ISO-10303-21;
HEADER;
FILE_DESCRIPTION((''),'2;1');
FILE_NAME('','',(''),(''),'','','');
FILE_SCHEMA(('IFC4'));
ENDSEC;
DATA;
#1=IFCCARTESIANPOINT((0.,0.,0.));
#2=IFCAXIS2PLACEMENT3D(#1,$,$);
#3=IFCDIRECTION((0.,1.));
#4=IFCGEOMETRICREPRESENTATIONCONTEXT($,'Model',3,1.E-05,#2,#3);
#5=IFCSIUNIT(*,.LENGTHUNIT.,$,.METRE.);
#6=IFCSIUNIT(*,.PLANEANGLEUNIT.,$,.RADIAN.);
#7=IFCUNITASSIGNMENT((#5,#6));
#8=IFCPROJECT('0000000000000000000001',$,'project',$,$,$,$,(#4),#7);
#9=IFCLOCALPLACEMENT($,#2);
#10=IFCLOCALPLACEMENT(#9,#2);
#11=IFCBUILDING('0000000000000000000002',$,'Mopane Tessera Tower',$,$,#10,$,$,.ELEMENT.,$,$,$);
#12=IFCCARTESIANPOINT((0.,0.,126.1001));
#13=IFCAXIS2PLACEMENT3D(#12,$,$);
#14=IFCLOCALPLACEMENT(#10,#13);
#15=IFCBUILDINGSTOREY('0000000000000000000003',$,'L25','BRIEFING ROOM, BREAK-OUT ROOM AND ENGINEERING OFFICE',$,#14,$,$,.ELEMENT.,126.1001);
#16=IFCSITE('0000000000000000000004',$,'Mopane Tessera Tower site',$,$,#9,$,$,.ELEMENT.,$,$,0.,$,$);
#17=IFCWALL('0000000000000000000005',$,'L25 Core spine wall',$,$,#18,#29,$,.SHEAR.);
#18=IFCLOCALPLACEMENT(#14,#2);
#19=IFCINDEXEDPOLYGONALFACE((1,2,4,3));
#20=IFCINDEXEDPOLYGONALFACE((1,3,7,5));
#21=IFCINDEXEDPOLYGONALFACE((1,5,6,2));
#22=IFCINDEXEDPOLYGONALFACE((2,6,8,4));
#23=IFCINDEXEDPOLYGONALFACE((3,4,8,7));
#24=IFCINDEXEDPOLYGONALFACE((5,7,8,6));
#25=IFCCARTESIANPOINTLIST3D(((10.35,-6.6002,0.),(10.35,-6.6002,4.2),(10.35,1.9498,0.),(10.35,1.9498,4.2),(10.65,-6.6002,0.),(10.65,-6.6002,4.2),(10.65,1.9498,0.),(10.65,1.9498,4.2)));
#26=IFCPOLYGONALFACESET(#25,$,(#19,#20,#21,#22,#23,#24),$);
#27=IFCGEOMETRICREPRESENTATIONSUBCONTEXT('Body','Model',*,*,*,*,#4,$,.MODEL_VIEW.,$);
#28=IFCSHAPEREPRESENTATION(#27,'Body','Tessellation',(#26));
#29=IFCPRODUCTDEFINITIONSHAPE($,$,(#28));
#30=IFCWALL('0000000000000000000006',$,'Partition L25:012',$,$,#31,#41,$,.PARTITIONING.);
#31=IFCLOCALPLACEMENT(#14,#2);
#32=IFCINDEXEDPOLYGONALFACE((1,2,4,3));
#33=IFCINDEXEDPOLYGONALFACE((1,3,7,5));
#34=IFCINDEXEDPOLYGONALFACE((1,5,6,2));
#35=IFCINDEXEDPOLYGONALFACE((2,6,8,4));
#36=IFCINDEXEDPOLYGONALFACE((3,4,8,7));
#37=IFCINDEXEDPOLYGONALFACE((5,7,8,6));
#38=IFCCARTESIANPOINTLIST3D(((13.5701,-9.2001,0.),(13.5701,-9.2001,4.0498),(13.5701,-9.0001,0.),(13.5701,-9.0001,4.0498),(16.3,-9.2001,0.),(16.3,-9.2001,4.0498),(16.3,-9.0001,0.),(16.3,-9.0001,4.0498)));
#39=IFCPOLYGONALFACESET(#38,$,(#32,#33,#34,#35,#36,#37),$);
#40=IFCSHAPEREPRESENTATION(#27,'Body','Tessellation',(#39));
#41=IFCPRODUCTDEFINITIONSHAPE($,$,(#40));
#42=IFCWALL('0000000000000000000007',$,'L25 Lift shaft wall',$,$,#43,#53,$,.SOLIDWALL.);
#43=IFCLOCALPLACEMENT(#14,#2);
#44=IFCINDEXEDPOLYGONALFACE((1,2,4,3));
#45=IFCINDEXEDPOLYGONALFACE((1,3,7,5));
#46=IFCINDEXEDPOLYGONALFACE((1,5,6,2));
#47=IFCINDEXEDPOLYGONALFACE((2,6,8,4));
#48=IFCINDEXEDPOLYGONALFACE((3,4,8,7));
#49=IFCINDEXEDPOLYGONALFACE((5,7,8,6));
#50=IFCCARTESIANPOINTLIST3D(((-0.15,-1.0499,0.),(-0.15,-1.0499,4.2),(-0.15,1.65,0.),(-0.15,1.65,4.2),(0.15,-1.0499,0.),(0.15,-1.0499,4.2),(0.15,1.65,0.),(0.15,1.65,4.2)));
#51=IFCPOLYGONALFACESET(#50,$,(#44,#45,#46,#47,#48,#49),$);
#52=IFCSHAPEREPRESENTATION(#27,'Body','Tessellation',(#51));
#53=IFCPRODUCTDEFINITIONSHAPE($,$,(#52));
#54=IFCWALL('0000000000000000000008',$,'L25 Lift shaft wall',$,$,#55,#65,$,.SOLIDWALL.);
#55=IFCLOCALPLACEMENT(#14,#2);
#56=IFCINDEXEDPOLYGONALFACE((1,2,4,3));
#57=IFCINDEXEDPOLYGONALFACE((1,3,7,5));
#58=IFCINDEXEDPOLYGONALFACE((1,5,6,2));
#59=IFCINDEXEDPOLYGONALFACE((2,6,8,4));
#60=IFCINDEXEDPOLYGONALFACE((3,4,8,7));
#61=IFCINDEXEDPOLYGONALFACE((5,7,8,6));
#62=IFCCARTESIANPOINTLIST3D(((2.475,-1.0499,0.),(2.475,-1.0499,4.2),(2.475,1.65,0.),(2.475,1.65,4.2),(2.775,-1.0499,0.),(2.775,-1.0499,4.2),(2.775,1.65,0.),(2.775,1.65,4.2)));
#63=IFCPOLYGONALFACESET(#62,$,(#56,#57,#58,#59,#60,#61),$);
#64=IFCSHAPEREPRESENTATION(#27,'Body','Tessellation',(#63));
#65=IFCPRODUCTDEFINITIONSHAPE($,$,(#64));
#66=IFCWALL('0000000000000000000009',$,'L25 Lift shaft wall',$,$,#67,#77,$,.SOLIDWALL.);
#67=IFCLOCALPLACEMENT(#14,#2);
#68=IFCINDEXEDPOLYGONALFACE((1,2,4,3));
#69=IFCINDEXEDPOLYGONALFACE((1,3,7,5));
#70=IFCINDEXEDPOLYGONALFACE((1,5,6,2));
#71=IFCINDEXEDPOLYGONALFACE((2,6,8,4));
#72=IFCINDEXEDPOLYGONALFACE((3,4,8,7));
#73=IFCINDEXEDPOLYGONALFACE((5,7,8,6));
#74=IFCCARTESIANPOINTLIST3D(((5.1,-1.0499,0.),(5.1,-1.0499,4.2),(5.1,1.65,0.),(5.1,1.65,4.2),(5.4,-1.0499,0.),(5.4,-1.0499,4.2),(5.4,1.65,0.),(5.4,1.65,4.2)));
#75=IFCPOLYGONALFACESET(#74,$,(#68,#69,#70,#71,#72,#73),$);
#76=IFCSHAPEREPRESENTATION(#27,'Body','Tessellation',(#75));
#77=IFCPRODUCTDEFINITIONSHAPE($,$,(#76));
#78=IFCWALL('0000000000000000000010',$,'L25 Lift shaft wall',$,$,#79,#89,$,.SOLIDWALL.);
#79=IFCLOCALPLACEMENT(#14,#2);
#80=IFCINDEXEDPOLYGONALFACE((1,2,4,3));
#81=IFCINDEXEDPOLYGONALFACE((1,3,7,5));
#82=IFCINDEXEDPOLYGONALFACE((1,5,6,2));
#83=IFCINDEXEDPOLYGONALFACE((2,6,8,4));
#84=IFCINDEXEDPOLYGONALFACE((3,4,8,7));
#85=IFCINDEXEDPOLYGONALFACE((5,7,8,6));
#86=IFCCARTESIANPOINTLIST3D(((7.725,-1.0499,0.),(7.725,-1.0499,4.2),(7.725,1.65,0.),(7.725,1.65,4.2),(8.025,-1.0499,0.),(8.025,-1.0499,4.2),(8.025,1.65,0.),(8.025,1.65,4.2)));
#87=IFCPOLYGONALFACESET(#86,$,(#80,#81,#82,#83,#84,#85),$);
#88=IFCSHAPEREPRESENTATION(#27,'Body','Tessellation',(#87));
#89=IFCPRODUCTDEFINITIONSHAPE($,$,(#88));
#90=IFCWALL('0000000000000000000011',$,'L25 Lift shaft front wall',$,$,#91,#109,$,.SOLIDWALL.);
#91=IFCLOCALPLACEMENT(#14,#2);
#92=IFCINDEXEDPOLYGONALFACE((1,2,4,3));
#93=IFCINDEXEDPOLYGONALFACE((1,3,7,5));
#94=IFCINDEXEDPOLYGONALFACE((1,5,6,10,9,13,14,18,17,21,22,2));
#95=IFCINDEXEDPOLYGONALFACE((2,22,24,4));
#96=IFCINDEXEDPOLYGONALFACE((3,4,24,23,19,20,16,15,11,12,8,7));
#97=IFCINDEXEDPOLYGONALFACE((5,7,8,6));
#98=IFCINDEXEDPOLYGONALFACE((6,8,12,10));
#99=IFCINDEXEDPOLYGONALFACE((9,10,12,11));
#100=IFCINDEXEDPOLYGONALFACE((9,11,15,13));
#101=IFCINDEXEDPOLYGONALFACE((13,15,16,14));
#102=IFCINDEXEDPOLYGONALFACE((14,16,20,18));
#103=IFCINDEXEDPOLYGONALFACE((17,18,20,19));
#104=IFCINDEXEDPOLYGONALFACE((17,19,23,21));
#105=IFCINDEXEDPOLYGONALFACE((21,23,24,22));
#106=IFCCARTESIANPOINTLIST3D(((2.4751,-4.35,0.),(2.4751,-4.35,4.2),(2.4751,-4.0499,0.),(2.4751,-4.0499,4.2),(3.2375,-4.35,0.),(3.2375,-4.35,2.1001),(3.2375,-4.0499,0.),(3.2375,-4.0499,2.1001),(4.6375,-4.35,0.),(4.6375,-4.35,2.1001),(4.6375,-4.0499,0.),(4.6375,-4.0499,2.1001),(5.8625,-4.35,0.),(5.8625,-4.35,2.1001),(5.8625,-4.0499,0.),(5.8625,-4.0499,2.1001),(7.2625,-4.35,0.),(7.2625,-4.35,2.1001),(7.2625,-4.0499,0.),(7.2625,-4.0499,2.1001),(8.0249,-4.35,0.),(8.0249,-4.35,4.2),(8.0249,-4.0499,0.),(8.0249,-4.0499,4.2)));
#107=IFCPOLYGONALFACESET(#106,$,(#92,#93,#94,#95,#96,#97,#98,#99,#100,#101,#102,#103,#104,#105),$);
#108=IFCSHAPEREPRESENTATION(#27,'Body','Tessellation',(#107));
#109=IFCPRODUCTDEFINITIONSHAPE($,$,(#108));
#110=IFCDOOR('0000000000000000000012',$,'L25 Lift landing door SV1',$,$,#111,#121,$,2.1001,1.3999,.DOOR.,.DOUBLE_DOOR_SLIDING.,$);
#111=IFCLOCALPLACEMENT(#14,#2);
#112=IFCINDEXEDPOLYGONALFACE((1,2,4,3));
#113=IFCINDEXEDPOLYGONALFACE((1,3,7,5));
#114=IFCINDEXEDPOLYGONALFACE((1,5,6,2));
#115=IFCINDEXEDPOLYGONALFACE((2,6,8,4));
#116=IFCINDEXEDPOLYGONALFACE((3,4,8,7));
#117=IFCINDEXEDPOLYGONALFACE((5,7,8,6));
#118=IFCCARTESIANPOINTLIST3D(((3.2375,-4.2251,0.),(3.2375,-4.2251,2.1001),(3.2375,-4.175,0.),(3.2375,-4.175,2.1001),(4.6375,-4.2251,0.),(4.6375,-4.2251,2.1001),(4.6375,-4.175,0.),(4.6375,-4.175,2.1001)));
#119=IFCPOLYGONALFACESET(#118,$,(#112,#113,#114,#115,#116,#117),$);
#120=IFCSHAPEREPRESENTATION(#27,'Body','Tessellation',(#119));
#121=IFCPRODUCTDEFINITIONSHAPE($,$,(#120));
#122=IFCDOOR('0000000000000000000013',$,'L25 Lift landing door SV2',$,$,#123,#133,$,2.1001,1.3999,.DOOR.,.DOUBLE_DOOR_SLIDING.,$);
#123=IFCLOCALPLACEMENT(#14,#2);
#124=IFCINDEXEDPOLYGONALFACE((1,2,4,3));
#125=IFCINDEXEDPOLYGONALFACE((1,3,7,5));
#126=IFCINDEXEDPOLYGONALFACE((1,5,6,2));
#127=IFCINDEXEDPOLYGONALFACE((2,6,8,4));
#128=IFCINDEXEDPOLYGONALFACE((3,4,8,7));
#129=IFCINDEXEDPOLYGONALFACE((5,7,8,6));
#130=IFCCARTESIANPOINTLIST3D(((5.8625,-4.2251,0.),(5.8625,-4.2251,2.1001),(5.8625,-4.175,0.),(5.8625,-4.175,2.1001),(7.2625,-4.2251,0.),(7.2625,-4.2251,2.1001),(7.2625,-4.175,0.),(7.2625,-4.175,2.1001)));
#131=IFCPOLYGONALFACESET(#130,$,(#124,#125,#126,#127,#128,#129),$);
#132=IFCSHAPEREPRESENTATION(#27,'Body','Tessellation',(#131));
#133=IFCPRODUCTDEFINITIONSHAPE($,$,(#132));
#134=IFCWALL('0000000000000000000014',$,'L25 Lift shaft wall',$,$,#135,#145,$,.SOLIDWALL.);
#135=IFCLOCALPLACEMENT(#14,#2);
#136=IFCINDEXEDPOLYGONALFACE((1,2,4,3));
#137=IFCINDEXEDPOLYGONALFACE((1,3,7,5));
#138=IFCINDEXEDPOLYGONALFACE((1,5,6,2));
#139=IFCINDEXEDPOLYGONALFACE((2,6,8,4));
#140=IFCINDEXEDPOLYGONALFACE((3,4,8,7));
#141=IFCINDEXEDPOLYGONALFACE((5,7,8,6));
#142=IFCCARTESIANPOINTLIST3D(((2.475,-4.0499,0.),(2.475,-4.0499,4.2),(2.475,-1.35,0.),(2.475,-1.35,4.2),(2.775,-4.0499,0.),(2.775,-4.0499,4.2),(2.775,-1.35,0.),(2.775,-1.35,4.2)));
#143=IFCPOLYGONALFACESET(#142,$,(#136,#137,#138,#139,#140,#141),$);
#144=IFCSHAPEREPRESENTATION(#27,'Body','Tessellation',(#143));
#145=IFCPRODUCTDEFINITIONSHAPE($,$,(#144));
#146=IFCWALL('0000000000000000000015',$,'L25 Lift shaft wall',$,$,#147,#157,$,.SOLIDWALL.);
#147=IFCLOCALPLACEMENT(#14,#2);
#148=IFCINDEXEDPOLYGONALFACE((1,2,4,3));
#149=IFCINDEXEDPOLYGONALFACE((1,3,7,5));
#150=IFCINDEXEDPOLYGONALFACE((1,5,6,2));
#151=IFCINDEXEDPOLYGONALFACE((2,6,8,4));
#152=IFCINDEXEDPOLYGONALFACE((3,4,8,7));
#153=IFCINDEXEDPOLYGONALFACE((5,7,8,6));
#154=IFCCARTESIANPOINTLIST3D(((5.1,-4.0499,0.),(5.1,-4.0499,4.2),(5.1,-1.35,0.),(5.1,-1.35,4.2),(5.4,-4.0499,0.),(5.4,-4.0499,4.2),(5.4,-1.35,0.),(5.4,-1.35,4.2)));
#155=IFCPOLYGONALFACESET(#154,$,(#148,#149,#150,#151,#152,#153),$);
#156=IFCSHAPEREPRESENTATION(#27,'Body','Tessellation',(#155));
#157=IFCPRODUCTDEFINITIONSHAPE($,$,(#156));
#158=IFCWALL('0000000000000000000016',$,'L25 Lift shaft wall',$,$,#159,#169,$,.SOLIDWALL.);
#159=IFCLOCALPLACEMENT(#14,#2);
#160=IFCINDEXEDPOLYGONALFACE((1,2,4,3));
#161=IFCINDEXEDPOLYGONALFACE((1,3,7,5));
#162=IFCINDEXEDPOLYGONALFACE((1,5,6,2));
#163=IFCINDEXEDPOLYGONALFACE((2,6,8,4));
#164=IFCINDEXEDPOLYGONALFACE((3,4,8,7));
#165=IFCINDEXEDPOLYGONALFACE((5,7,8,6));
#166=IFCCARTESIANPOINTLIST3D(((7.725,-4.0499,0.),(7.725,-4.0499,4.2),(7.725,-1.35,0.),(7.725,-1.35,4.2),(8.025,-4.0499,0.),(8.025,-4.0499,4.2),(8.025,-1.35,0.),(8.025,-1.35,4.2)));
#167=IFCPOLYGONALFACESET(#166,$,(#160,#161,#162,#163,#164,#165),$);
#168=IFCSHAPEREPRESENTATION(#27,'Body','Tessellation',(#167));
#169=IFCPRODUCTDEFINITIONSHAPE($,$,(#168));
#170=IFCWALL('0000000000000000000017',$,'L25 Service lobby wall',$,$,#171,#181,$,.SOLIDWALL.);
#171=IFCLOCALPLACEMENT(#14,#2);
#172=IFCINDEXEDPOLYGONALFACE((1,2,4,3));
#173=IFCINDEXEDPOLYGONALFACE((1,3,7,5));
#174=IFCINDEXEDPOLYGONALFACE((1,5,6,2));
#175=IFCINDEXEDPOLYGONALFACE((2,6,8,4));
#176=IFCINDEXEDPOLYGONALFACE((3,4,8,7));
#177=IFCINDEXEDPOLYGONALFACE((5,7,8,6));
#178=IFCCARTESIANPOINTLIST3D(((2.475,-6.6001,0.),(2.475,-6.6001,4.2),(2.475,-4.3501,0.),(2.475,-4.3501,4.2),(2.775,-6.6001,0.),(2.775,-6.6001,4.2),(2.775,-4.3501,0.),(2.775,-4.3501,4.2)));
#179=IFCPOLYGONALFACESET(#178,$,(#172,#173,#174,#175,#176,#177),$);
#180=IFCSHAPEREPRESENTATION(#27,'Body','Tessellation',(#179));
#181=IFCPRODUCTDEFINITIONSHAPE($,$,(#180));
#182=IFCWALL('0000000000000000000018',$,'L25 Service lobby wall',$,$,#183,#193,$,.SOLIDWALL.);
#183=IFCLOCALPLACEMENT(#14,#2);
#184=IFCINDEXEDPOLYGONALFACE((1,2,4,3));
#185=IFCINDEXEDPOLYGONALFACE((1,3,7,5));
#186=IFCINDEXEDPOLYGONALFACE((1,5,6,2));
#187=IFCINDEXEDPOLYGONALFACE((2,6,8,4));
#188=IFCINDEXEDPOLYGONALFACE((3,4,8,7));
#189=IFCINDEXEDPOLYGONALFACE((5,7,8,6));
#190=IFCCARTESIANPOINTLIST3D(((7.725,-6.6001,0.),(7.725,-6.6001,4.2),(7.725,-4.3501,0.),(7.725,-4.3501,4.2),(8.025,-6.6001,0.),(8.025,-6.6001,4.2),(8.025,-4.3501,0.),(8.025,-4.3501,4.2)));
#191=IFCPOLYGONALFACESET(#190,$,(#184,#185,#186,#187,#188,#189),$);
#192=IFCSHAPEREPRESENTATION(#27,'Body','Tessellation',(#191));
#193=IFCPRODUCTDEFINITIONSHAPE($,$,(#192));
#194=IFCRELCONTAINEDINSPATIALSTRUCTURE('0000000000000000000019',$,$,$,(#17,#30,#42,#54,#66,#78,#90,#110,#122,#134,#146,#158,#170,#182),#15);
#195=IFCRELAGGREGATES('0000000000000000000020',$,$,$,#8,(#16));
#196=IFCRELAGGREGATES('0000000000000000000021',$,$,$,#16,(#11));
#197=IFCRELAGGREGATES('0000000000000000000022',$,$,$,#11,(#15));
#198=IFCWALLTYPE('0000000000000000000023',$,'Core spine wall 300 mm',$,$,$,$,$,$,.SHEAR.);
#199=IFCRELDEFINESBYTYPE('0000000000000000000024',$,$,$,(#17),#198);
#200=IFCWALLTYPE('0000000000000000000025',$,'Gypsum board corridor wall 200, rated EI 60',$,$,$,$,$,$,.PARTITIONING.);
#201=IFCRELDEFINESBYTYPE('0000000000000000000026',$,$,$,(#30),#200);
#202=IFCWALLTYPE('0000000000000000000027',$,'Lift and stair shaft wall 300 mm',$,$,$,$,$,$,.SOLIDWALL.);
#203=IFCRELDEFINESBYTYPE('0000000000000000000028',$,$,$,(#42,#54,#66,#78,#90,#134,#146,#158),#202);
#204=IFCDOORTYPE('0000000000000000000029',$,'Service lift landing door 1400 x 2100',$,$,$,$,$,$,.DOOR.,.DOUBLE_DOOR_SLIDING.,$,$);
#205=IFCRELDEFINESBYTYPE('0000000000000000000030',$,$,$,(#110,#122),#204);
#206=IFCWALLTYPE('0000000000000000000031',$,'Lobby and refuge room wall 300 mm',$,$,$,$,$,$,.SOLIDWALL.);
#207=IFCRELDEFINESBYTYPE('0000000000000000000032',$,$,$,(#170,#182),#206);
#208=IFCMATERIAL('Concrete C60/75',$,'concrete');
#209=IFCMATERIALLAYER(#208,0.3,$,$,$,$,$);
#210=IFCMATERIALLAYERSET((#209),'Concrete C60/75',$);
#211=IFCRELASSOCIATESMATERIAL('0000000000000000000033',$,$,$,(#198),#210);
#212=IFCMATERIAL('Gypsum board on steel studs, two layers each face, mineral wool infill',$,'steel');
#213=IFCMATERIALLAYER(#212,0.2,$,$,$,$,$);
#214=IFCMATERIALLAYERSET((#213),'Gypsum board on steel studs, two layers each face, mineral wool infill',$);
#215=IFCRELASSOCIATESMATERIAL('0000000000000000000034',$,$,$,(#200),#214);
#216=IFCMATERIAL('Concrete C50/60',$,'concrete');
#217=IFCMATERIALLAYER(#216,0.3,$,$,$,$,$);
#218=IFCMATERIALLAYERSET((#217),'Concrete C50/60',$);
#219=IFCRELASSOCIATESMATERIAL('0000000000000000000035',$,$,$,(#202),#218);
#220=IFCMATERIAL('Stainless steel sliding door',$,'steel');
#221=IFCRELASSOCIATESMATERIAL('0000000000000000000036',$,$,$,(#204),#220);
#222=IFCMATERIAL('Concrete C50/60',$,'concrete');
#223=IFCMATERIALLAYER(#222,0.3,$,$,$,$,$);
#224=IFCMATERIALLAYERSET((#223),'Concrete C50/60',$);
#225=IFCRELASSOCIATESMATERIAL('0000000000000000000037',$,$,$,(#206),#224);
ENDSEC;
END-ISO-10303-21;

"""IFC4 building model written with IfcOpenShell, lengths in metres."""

from ifc_helpers import new_model, si_unit, direction, frame, frame_2d, origin, place, context, subcontext, project, spatial, rectangle, extrude, material, layer, layer_set, type_object, element, fill, save


model = new_model("IFC4")

# Units and contexts
model_context = context("Model", 3, precision=1e-05, world=origin(), true_north=direction((0.0, 1.0)))
body_context = subcontext(model_context, "Body", "Model", "MODEL_VIEW")
ifc_project = project(units=[si_unit("LENGTHUNIT", "METRE"), si_unit("PLANEANGLEUNIT", "RADIAN")], contexts=[model_context])

# Site, building, storey
site_placement = place(None, origin())
site = spatial("IfcSite", under=ifc_project, at=site_placement, Name="Mopane Tessera Tower site", CompositionType="ELEMENT", RefElevation=0.0)
building_placement = place(site_placement, origin())
building = spatial("IfcBuilding", under=site, at=building_placement, Name="Mopane Tessera Tower", CompositionType="ELEMENT")
storey_placement = place(building_placement, frame((0.0, 0.0, 126.1001)))
storey = spatial("IfcBuildingStorey", under=building, at=storey_placement, Name="L25", Description="BRIEFING ROOM, BREAK-OUT ROOM AND ENGINEERING OFFICE", CompositionType="ELEMENT", Elevation=126.1001)

# Walls
ifc_material_1 = material(Name="Concrete C60/75", Category="concrete")
ifc_layer_1 = layer(ifc_material_1, 0.3)
ifc_layer_set_1 = layer_set([ifc_layer_1], Name="Concrete C60/75")
wall_type_1 = type_object("IfcWallType", Name="Core spine wall 300 mm", PredefinedType="SHEAR", material=ifc_layer_set_1)
wall_1_placement = place(storey_placement, frame((10.5, -6.6001, 0.0), z_axis=(0.0, 0.0, 1.0), x_axis=(0.0, 1.0, 0.0)))
element("IfcWall", 1, at=wall_1_placement, inside=storey, type_object=wall_type_1, Name="L25 Core spine wall", PredefinedType="SHEAR", context=body_context, shape_type="SweptSolid", body=[
    extrude(rectangle(XDim=8.55, YDim=0.3, at=frame_2d((4.2749, 0.0))), origin(), (0.0, 0.0, 1.0), 4.2),
])
ifc_material_2 = material(Name="Gypsum board on steel studs, two layers each face, mineral wool infill", Category="steel")
ifc_layer_2 = layer(ifc_material_2, 0.2)
ifc_layer_set_2 = layer_set([ifc_layer_2], Name="Gypsum board on steel studs, two layers each face, mineral wool infill")
wall_type_2 = type_object("IfcWallType", Name="Gypsum board corridor wall 200, rated EI 60", PredefinedType="PARTITIONING", material=ifc_layer_set_2)
wall_2_placement = place(storey_placement, frame((13.5701, -9.1001, 0.0), z_axis=(0.0, 0.0, 1.0), x_axis=(1.0, 0.0, 0.0)))
element("IfcWall", 2, at=wall_2_placement, inside=storey, type_object=wall_type_2, Name="Partition L25:012", PredefinedType="PARTITIONING", context=body_context, shape_type="SweptSolid", body=[
    extrude(rectangle(XDim=2.73, YDim=0.2, at=frame_2d((1.365, 0.0))), origin(), (0.0, 0.0, 1.0), 4.0498),
])
ifc_material_3 = material(Name="Concrete C50/60", Category="concrete")
ifc_layer_3 = layer(ifc_material_3, 0.3)
ifc_layer_set_3 = layer_set([ifc_layer_3], Name="Concrete C50/60")
wall_type_3 = type_object("IfcWallType", Name="Lift and stair shaft wall 300 mm", PredefinedType="SOLIDWALL", material=ifc_layer_set_3)
for number, where, z_axis, x_axis, name in (
    (3, (0.0, -1.05, 0.0), (0.0, 0.0, 1.0), (0.0, 1.0, 0.0), "L25 Lift shaft wall"),
    (4, (2.625, -1.05, 0.0), (0.0, 0.0, 1.0), (0.0, 1.0, 0.0), "L25 Lift shaft wall"),
    (5, (5.25, -1.05, 0.0), (0.0, 0.0, 1.0), (0.0, 1.0, 0.0), "L25 Lift shaft wall"),
    (6, (7.875, -1.05, 0.0), (0.0, 0.0, 1.0), (0.0, 1.0, 0.0), "L25 Lift shaft wall"),
):
    element("IfcWall", number, at=place(storey_placement, frame(where, z_axis=z_axis, x_axis=x_axis)), inside=storey, type_object=wall_type_3, Name=name, PredefinedType="SOLIDWALL", context=body_context, shape_type="SweptSolid", body=[
        extrude(rectangle(XDim=2.7, YDim=0.3, at=frame_2d((1.3501, 0.0))), origin(), (0.0, 0.0, 1.0), 4.2),
    ])

# Wall, openings, doors
wall_3_placement = place(storey_placement, frame((2.4751, -4.2, 0.0), z_axis=(0.0, 0.0, 1.0), x_axis=(1.0, 0.0, 0.0)))
wall_3 = element("IfcWall", 7, at=wall_3_placement, inside=storey, type_object=wall_type_3, Name="L25 Lift shaft front wall", PredefinedType="SOLIDWALL", context=body_context, shape_type="SweptSolid", body=[
    extrude(rectangle(XDim=5.5498, YDim=0.3, at=frame_2d((2.7749, 0.0))), origin(), (0.0, 0.0, 1.0), 4.2),
])
opening_1_placement = place(wall_3_placement, frame((0.7625, 0.0, 0.0)))
opening_1 = element("IfcOpeningElement", 8, at=opening_1_placement, cuts=wall_3, PredefinedType="OPENING", context=body_context, shape_type="SweptSolid", body=[
    extrude(rectangle(XDim=1.3999, YDim=2.1001, at=frame_2d((0.7, 1.05))), frame((0.0, 0.1621, 0.0), z_axis=(0.0, -1.0, 0.0), x_axis=(1.0, 0.0, 0.0)), (0.0, 0.0, 1.0), 0.324),
])
opening_2_placement = place(wall_3_placement, frame((3.3875, 0.0, 0.0)))
opening_2 = element("IfcOpeningElement", 9, at=opening_2_placement, cuts=wall_3, PredefinedType="OPENING", context=body_context, shape_type="SweptSolid", body=[
    extrude(rectangle(XDim=1.3999, YDim=2.1001, at=frame_2d((0.7, 1.05))), frame((0.0, 0.1621, 0.0), z_axis=(0.0, -1.0, 0.0), x_axis=(1.0, 0.0, 0.0)), (0.0, 0.0, 1.0), 0.324),
])
ifc_material_4 = material(Name="Stainless steel sliding door", Category="steel")
door_type = type_object("IfcDoorType", Name="Service lift landing door 1400 x 2100", OperationType="DOUBLE_DOOR_SLIDING", PredefinedType="DOOR", material=ifc_material_4)
door_1_placement = place(opening_1_placement, origin())
door_1 = element("IfcDoor", 10, at=door_1_placement, inside=storey, type_object=door_type, Name="L25 Lift landing door SV1", OperationType="DOUBLE_DOOR_SLIDING", OverallHeight=2.1001, OverallWidth=1.3999, PredefinedType="DOOR", context=body_context, shape_type="SweptSolid", body=[
    extrude(rectangle(XDim=1.3999, YDim=2.1001, at=frame_2d((0.7, 1.05))), frame((0.0, 0.0249, 0.0), z_axis=(0.0, -1.0, 0.0), x_axis=(1.0, 0.0, 0.0)), (0.0, 0.0, 1.0), 0.05),
])
fill(opening_1, door_1)
door_2_placement = place(opening_2_placement, origin())
door_2 = element("IfcDoor", 11, at=door_2_placement, inside=storey, type_object=door_type, Name="L25 Lift landing door SV2", OperationType="DOUBLE_DOOR_SLIDING", OverallHeight=2.1001, OverallWidth=1.3999, PredefinedType="DOOR", context=body_context, shape_type="SweptSolid", body=[
    extrude(rectangle(XDim=1.3999, YDim=2.1001, at=frame_2d((0.7, 1.05))), frame((0.0, 0.0249, 0.0), z_axis=(0.0, -1.0, 0.0), x_axis=(1.0, 0.0, 0.0)), (0.0, 0.0, 1.0), 0.05),
])
fill(opening_2, door_2)

# Walls
for number, where, z_axis, x_axis, name in (
    (12, (2.625, -4.05, 0.0), (0.0, 0.0, 1.0), (0.0, 1.0, 0.0), "L25 Lift shaft wall"),
    (13, (5.25, -4.05, 0.0), (0.0, 0.0, 1.0), (0.0, 1.0, 0.0), "L25 Lift shaft wall"),
    (14, (7.875, -4.05, 0.0), (0.0, 0.0, 1.0), (0.0, 1.0, 0.0), "L25 Lift shaft wall"),
):
    element("IfcWall", number, at=place(storey_placement, frame(where, z_axis=z_axis, x_axis=x_axis)), inside=storey, type_object=wall_type_3, Name=name, PredefinedType="SOLIDWALL", context=body_context, shape_type="SweptSolid", body=[
        extrude(rectangle(XDim=2.7, YDim=0.3, at=frame_2d((1.3501, 0.0))), origin(), (0.0, 0.0, 1.0), 4.2),
    ])
ifc_material_5 = material(Name="Concrete C50/60", Category="concrete")
ifc_layer_4 = layer(ifc_material_5, 0.3)
ifc_layer_set_4 = layer_set([ifc_layer_4], Name="Concrete C50/60")
wall_type_4 = type_object("IfcWallType", Name="Lobby and refuge room wall 300 mm", PredefinedType="SOLIDWALL", material=ifc_layer_set_4)
for number, where, z_axis, x_axis, name in (
    (15, (2.625, -6.6001, 0.0), (0.0, 0.0, 1.0), (0.0, 1.0, 0.0), "L25 Service lobby wall"),
    (16, (7.875, -6.6001, 0.0), (0.0, 0.0, 1.0), (0.0, 1.0, 0.0), "L25 Service lobby wall"),
):
    element("IfcWall", number, at=place(storey_placement, frame(where, z_axis=z_axis, x_axis=x_axis)), inside=storey, type_object=wall_type_4, Name=name, PredefinedType="SOLIDWALL", context=body_context, shape_type="SweptSolid", body=[
        extrude(rectangle(XDim=2.25, YDim=0.3, at=frame_2d((1.125, 0.0))), origin(), (0.0, 0.0, 1.0), 4.2),
    ])

save(model, "model.ifc")
